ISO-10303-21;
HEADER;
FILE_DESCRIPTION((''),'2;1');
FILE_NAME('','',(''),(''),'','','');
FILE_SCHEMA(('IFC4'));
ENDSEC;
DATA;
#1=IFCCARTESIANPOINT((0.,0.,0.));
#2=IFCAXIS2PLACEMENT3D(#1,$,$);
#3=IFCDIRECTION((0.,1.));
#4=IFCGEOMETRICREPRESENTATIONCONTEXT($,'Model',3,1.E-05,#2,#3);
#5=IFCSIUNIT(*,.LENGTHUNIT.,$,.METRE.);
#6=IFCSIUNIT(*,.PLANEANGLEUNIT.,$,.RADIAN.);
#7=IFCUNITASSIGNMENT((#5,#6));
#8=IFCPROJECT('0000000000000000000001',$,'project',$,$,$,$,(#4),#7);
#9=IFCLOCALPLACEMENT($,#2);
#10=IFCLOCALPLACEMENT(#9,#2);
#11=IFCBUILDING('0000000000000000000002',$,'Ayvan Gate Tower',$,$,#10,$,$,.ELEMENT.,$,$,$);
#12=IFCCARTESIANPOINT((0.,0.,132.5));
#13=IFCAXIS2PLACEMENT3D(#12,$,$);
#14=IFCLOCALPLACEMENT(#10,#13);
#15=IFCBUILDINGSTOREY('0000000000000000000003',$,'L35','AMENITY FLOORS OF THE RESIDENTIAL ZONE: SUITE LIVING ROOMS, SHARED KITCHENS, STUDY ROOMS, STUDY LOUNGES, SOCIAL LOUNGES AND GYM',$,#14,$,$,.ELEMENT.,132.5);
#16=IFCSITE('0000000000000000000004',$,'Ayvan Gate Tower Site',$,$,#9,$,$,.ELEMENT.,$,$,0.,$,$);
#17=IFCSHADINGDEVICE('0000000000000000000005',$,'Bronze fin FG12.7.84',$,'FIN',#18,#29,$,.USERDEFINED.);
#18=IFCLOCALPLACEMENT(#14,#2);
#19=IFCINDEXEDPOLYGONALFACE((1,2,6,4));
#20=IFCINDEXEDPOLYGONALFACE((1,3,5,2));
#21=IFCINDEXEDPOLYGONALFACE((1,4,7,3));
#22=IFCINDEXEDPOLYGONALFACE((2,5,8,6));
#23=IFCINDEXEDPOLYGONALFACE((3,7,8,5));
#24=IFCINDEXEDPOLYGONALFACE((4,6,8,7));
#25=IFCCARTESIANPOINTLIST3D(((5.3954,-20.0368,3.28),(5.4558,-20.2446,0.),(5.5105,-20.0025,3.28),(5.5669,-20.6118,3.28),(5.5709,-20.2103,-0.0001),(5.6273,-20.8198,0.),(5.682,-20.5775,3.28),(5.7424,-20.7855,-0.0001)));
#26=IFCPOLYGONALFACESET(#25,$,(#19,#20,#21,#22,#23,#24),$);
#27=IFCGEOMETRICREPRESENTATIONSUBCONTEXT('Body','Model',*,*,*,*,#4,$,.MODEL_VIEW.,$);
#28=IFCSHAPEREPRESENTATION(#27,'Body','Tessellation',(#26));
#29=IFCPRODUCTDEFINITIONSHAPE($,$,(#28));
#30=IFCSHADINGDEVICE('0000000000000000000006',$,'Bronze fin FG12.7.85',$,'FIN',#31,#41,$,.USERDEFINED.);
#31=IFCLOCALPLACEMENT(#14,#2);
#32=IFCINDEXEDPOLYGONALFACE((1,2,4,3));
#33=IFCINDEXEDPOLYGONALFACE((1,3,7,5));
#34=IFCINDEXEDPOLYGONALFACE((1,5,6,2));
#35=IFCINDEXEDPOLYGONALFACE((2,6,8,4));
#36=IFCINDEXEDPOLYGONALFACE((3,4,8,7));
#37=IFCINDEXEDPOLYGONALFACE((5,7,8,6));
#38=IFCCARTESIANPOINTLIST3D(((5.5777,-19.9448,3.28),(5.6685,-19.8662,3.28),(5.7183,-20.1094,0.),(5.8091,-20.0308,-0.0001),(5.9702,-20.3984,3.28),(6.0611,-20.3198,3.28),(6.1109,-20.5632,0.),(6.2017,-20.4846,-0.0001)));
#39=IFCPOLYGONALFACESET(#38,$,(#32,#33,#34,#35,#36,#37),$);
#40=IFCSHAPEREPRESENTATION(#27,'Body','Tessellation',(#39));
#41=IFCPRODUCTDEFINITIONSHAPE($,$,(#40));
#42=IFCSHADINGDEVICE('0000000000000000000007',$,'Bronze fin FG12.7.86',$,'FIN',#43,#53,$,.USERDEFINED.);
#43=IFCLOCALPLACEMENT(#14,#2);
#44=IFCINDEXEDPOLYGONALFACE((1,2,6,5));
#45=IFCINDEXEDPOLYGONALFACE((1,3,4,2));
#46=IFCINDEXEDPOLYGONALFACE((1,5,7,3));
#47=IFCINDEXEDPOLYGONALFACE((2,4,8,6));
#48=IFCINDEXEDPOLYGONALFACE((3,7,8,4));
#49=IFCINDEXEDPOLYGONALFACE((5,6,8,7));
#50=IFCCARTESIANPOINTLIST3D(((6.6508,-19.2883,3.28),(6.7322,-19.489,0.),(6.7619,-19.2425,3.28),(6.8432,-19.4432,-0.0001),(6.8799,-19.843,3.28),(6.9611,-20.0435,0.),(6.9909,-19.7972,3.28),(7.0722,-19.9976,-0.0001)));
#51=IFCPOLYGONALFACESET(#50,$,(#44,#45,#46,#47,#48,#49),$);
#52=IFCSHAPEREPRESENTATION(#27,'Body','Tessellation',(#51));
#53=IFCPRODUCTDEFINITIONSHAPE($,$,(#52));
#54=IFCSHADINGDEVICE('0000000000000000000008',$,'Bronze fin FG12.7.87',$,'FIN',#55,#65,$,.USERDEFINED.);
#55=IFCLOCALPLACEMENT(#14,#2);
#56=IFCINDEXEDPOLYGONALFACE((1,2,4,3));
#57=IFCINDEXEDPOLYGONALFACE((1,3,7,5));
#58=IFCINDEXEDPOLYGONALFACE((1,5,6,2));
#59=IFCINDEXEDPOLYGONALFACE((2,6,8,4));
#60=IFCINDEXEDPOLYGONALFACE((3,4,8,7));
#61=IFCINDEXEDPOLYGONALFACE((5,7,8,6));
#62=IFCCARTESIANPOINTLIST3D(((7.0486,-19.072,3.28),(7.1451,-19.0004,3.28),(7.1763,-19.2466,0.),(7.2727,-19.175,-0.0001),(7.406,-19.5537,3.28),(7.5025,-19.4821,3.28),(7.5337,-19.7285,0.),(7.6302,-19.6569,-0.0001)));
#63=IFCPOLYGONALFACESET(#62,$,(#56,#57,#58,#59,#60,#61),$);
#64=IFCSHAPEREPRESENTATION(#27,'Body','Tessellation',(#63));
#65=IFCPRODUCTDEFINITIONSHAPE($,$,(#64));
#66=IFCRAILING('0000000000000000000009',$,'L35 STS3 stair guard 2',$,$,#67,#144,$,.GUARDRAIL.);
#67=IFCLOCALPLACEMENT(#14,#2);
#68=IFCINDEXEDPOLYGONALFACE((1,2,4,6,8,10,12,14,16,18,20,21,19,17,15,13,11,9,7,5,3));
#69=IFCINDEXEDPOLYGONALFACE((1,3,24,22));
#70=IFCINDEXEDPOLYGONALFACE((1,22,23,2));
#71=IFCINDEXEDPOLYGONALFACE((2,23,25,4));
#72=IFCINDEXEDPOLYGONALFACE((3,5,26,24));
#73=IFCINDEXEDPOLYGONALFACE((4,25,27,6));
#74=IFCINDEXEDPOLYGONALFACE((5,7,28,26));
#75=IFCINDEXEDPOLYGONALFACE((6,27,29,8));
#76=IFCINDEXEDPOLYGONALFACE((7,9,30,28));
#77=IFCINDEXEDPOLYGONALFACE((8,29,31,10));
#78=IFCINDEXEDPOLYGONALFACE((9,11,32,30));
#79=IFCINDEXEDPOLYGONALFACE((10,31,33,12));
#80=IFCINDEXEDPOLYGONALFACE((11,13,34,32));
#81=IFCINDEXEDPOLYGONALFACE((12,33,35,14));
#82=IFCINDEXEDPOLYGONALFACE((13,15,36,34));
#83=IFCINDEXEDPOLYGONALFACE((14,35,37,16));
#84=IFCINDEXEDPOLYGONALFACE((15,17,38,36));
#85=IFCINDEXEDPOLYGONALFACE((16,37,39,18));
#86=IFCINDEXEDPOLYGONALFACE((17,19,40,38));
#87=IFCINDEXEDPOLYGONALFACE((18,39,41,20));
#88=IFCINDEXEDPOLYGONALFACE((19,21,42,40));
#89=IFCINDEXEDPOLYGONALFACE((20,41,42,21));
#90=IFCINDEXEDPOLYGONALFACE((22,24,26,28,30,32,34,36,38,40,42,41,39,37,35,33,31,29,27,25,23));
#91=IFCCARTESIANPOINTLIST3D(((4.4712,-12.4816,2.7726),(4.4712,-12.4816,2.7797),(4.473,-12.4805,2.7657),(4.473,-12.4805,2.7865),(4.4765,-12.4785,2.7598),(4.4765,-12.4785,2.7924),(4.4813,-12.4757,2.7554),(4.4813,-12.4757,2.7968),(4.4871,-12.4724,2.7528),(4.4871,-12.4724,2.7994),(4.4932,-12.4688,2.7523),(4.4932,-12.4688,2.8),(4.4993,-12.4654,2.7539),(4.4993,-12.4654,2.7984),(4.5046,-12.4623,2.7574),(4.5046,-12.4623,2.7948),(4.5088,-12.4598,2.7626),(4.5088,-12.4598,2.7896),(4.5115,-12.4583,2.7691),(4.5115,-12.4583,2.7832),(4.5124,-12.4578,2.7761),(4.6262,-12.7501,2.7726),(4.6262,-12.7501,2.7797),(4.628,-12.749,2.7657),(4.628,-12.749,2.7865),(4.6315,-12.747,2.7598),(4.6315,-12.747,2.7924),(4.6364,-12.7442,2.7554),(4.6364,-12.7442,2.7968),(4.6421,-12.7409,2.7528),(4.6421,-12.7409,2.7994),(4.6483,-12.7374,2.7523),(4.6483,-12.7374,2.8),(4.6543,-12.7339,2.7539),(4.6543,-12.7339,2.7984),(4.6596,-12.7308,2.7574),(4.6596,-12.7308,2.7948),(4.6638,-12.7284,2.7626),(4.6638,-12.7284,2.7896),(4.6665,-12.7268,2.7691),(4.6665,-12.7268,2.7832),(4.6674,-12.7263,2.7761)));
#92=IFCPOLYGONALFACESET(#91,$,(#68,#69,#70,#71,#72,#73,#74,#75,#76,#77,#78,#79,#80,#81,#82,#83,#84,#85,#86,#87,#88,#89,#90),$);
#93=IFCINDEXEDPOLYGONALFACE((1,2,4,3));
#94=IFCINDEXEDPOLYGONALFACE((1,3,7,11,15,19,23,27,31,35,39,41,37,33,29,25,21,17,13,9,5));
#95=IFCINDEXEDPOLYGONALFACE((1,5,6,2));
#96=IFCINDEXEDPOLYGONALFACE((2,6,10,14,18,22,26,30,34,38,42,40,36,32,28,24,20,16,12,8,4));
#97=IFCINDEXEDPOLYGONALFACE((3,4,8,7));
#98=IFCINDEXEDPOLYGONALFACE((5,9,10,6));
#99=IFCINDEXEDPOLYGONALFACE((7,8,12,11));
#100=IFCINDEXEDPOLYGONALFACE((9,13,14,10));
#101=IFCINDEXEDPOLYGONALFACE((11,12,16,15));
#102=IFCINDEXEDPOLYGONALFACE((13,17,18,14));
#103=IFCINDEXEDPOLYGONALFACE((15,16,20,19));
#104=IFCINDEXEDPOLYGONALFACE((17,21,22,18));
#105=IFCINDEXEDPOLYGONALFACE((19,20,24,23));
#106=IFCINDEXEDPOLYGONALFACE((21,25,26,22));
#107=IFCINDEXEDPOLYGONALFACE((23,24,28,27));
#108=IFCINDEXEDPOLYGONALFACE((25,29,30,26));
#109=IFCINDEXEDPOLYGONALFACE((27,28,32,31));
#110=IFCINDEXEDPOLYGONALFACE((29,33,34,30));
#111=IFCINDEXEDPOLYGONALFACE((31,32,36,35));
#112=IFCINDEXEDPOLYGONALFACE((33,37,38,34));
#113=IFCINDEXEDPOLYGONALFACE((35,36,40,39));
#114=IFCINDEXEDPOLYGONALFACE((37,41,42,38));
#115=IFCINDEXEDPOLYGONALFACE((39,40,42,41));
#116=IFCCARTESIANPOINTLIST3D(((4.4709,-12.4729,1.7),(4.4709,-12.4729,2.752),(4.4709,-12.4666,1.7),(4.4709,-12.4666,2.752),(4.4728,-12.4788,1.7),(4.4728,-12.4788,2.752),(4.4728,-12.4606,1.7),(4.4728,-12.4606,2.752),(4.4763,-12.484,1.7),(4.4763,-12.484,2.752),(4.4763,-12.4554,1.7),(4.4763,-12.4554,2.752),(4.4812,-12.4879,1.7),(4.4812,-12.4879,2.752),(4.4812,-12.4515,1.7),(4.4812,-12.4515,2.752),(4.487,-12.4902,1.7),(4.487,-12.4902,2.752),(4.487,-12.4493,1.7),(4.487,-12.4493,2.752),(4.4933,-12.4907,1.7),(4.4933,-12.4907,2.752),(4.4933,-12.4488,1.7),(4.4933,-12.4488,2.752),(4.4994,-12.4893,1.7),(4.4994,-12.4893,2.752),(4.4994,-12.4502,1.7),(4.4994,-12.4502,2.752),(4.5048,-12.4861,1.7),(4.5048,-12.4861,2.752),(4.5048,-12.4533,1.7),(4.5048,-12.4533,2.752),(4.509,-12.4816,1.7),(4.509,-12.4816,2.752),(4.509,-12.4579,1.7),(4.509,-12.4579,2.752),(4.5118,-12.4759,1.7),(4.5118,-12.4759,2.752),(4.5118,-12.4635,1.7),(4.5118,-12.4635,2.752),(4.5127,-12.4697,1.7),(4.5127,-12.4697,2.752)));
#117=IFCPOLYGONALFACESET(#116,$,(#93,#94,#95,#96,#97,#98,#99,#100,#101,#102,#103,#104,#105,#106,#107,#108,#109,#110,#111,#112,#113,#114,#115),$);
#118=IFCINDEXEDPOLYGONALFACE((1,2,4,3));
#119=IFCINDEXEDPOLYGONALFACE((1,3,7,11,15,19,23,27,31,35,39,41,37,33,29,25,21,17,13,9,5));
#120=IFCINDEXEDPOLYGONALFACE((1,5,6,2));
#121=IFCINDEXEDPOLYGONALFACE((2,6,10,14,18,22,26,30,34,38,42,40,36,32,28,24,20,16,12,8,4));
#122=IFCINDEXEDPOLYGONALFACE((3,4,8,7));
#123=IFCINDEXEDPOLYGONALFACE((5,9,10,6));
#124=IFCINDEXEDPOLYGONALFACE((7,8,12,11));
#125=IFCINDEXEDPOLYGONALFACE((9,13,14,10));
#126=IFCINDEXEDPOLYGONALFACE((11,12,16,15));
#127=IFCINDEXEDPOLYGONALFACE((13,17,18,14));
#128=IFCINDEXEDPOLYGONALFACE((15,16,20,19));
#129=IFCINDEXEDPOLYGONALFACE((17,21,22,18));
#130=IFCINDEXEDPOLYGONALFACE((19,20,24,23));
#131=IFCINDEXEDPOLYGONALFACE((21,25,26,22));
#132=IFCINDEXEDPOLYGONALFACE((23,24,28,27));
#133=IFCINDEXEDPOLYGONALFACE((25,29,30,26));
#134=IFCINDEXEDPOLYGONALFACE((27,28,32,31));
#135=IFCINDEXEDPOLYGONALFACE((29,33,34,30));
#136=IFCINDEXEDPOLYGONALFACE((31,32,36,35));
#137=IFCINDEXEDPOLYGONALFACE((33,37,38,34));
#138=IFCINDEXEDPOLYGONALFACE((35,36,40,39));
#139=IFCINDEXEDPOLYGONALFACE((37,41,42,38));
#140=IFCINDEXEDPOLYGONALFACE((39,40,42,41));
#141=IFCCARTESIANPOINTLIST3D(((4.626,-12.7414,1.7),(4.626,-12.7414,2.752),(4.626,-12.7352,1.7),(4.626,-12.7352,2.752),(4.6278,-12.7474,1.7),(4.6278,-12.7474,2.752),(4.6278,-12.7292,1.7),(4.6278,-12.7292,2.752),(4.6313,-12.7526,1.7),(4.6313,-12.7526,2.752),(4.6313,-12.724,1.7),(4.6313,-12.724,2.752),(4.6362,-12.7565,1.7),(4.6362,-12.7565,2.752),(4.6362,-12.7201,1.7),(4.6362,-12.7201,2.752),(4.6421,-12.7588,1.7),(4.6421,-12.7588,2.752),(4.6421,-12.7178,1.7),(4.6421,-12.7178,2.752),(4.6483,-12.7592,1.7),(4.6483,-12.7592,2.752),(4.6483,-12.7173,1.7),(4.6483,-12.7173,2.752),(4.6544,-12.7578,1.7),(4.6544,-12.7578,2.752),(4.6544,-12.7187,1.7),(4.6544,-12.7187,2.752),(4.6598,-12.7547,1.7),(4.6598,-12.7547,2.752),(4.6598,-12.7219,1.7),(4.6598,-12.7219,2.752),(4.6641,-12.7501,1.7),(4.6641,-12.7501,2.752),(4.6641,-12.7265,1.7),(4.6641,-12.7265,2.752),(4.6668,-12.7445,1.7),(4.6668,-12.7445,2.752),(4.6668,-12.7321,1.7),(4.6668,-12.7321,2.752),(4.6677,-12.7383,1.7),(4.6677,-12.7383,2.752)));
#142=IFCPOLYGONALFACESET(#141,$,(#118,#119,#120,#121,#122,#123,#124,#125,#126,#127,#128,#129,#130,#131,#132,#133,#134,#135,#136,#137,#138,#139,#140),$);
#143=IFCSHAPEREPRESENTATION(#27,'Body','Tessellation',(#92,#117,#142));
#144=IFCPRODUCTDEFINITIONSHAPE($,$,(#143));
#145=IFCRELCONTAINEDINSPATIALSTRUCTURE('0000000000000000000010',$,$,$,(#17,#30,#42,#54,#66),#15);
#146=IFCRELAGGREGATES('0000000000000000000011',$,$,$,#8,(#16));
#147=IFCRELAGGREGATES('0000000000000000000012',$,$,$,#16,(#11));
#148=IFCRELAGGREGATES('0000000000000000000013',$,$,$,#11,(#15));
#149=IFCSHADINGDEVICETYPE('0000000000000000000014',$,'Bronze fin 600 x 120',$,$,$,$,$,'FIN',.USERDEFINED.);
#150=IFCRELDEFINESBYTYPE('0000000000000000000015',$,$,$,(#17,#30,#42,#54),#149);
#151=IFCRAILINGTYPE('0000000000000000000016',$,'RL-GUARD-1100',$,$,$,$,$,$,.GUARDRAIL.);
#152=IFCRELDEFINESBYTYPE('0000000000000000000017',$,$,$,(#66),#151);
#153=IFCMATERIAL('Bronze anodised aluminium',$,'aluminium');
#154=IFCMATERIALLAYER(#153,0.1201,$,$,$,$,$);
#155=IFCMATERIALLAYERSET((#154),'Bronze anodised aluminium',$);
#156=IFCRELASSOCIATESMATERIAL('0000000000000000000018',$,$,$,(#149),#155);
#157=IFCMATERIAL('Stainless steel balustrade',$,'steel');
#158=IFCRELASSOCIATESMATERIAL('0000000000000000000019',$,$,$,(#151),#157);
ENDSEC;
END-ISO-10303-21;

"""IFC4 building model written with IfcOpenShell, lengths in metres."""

from ifc_helpers import new_model, si_unit, direction, frame, origin, origin_2d, place, context, subcontext, project, spatial, polyline, circle, outline, extrude, material, layer, layer_set, type_object, element, save


model = new_model("IFC4")

# Units and contexts
model_context = context("Model", 3, precision=1e-05, world=origin(), true_north=direction((0.0, 1.0)))
body_context = subcontext(model_context, "Body", "Model", "MODEL_VIEW")
ifc_project = project(units=[si_unit("LENGTHUNIT", "METRE"), si_unit("PLANEANGLEUNIT", "RADIAN")], contexts=[model_context])

# Site, building, storey
site_placement = place(None, origin())
site = spatial("IfcSite", under=ifc_project, at=site_placement, Name="Ayvan Gate Tower Site", CompositionType="ELEMENT", RefElevation=0.0)
building_placement = place(site_placement, origin())
building = spatial("IfcBuilding", under=site, at=building_placement, Name="Ayvan Gate Tower", CompositionType="ELEMENT")
storey_placement = place(building_placement, frame((0.0, 0.0, 132.5)))
storey = spatial("IfcBuildingStorey", under=building, at=storey_placement, Name="L35", Description="AMENITY FLOORS OF THE RESIDENTIAL ZONE: SUITE LIVING ROOMS, SHARED KITCHENS, STUDY ROOMS, STUDY LOUNGES, SOCIAL LOUNGES AND GYM", CompositionType="ELEMENT", Elevation=132.5)

# Shared definitions
ifc_material_1 = material(Name="Bronze anodised aluminium", Category="aluminium")

# Shading devices
ifc_layer_1 = layer(ifc_material_1, 0.1201)
ifc_layer_set_1 = layer_set([ifc_layer_1], Name="Bronze anodised aluminium")
shading_device_type = type_object("IfcShadingDeviceType", Name="Bronze fin 600 x 120", ElementType="FIN", PredefinedType="USERDEFINED", material=ifc_layer_set_1)
shading_device_1_placement = place(storey_placement, frame((5.4558, -20.2446, 0.0), z_axis=(-0.95829, -0.285799, 0.00046), x_axis=(0.285799, -0.95829, 0.0)))
element("IfcShadingDevice", 1, at=shading_device_1_placement, inside=storey, type_object=shading_device_type, Name="Bronze fin FG12.7.84", ObjectType="FIN", PredefinedType="USERDEFINED", context=body_context, shape_type="SweptSolid", body=[
    extrude(outline(polyline([(0.0, 0.0), (0.6002, 0.0), (0.3836, 3.28), (-0.2164, 3.28), (0.0, 0.0)])), origin(), (0.0, 0.0, -1.0), 0.1201),
])
shading_device_2_placement = place(storey_placement, frame((5.7183, -20.1094, 0.0), z_axis=(-0.756232, -0.654303, 0.000427), x_axis=(0.654303, -0.756233, 0.0)))
element("IfcShadingDevice", 2, at=shading_device_2_placement, inside=storey, type_object=shading_device_type, Name="Bronze fin FG12.7.85", ObjectType="FIN", PredefinedType="USERDEFINED", context=body_context, shape_type="SweptSolid", body=[
    extrude(outline(polyline([(0.0, 0.0), (0.6001, 0.0), (0.3835, 3.28), (-0.2165, 3.28), (0.0, 0.0)])), origin(), (0.0, 0.0, -1.0), 0.1201),
])
shading_device_3_placement = place(storey_placement, frame((6.7322, -19.489, 0.0), z_axis=(-0.924294, -0.381681, 0.000429), x_axis=(0.381681, -0.924294, 0.0)))
element("IfcShadingDevice", 3, at=shading_device_3_placement, inside=storey, type_object=shading_device_type, Name="Bronze fin FG12.7.86", ObjectType="FIN", PredefinedType="USERDEFINED", context=body_context, shape_type="SweptSolid", body=[
    extrude(outline(polyline([(0.0, 0.0), (0.5999, 0.0), (0.3836, 3.28), (-0.2165, 3.28), (0.0, 0.0)])), origin(), (0.0, 0.0, -1.0), 0.1201),
])
shading_device_4_placement = place(storey_placement, frame((7.1763, -19.2466, 0.0), z_axis=(-0.803139, -0.595792, 0.000465), x_axis=(0.595792, -0.803139, 0.0)))
element("IfcShadingDevice", 4, at=shading_device_4_placement, inside=storey, type_object=shading_device_type, Name="Bronze fin FG12.7.87", ObjectType="FIN", PredefinedType="USERDEFINED", context=body_context, shape_type="SweptSolid", body=[
    extrude(outline(polyline([(0.0, 0.0), (0.6, 0.0), (0.3835, 3.28), (-0.2163, 3.28), (0.0, 0.0)])), origin(), (0.0, 0.0, -1.0), 0.1201),
])

# Railing
ifc_material_2 = material(Name="Stainless steel balustrade", Category="steel")
railing_type_1 = type_object("IfcRailingType", Name="RL-GUARD-1100", PredefinedType="GUARDRAIL", material=ifc_material_2)
railing_1_placement = place(storey_placement, frame((4.4917, -12.4697, 1.7)))
element("IfcRailing", 5, at=railing_1_placement, inside=storey, type_object=railing_type_1, Name="L35 STS3 stair guard 2", PredefinedType="GUARDRAIL", context=body_context, shape_type="SweptSolid", body=[
    extrude(circle(Radius=0.0239, at=origin_2d()), frame((0.0, 0.0, 1.0762), z_axis=(0.49995, -0.866054, 0.0), x_axis=(0.866054, 0.49995, 0.0)), (0.0, 0.0, 1.0), 0.3101),
    extrude(circle(Radius=0.021, at=origin_2d()), origin(), (0.0, 0.0, 1.0), 1.052),
    extrude(circle(Radius=0.021, at=origin_2d()), frame((0.155, -0.2686, 0.0)), (0.0, 0.0, 1.0), 1.052),
])

save(model, "model.ifc")
